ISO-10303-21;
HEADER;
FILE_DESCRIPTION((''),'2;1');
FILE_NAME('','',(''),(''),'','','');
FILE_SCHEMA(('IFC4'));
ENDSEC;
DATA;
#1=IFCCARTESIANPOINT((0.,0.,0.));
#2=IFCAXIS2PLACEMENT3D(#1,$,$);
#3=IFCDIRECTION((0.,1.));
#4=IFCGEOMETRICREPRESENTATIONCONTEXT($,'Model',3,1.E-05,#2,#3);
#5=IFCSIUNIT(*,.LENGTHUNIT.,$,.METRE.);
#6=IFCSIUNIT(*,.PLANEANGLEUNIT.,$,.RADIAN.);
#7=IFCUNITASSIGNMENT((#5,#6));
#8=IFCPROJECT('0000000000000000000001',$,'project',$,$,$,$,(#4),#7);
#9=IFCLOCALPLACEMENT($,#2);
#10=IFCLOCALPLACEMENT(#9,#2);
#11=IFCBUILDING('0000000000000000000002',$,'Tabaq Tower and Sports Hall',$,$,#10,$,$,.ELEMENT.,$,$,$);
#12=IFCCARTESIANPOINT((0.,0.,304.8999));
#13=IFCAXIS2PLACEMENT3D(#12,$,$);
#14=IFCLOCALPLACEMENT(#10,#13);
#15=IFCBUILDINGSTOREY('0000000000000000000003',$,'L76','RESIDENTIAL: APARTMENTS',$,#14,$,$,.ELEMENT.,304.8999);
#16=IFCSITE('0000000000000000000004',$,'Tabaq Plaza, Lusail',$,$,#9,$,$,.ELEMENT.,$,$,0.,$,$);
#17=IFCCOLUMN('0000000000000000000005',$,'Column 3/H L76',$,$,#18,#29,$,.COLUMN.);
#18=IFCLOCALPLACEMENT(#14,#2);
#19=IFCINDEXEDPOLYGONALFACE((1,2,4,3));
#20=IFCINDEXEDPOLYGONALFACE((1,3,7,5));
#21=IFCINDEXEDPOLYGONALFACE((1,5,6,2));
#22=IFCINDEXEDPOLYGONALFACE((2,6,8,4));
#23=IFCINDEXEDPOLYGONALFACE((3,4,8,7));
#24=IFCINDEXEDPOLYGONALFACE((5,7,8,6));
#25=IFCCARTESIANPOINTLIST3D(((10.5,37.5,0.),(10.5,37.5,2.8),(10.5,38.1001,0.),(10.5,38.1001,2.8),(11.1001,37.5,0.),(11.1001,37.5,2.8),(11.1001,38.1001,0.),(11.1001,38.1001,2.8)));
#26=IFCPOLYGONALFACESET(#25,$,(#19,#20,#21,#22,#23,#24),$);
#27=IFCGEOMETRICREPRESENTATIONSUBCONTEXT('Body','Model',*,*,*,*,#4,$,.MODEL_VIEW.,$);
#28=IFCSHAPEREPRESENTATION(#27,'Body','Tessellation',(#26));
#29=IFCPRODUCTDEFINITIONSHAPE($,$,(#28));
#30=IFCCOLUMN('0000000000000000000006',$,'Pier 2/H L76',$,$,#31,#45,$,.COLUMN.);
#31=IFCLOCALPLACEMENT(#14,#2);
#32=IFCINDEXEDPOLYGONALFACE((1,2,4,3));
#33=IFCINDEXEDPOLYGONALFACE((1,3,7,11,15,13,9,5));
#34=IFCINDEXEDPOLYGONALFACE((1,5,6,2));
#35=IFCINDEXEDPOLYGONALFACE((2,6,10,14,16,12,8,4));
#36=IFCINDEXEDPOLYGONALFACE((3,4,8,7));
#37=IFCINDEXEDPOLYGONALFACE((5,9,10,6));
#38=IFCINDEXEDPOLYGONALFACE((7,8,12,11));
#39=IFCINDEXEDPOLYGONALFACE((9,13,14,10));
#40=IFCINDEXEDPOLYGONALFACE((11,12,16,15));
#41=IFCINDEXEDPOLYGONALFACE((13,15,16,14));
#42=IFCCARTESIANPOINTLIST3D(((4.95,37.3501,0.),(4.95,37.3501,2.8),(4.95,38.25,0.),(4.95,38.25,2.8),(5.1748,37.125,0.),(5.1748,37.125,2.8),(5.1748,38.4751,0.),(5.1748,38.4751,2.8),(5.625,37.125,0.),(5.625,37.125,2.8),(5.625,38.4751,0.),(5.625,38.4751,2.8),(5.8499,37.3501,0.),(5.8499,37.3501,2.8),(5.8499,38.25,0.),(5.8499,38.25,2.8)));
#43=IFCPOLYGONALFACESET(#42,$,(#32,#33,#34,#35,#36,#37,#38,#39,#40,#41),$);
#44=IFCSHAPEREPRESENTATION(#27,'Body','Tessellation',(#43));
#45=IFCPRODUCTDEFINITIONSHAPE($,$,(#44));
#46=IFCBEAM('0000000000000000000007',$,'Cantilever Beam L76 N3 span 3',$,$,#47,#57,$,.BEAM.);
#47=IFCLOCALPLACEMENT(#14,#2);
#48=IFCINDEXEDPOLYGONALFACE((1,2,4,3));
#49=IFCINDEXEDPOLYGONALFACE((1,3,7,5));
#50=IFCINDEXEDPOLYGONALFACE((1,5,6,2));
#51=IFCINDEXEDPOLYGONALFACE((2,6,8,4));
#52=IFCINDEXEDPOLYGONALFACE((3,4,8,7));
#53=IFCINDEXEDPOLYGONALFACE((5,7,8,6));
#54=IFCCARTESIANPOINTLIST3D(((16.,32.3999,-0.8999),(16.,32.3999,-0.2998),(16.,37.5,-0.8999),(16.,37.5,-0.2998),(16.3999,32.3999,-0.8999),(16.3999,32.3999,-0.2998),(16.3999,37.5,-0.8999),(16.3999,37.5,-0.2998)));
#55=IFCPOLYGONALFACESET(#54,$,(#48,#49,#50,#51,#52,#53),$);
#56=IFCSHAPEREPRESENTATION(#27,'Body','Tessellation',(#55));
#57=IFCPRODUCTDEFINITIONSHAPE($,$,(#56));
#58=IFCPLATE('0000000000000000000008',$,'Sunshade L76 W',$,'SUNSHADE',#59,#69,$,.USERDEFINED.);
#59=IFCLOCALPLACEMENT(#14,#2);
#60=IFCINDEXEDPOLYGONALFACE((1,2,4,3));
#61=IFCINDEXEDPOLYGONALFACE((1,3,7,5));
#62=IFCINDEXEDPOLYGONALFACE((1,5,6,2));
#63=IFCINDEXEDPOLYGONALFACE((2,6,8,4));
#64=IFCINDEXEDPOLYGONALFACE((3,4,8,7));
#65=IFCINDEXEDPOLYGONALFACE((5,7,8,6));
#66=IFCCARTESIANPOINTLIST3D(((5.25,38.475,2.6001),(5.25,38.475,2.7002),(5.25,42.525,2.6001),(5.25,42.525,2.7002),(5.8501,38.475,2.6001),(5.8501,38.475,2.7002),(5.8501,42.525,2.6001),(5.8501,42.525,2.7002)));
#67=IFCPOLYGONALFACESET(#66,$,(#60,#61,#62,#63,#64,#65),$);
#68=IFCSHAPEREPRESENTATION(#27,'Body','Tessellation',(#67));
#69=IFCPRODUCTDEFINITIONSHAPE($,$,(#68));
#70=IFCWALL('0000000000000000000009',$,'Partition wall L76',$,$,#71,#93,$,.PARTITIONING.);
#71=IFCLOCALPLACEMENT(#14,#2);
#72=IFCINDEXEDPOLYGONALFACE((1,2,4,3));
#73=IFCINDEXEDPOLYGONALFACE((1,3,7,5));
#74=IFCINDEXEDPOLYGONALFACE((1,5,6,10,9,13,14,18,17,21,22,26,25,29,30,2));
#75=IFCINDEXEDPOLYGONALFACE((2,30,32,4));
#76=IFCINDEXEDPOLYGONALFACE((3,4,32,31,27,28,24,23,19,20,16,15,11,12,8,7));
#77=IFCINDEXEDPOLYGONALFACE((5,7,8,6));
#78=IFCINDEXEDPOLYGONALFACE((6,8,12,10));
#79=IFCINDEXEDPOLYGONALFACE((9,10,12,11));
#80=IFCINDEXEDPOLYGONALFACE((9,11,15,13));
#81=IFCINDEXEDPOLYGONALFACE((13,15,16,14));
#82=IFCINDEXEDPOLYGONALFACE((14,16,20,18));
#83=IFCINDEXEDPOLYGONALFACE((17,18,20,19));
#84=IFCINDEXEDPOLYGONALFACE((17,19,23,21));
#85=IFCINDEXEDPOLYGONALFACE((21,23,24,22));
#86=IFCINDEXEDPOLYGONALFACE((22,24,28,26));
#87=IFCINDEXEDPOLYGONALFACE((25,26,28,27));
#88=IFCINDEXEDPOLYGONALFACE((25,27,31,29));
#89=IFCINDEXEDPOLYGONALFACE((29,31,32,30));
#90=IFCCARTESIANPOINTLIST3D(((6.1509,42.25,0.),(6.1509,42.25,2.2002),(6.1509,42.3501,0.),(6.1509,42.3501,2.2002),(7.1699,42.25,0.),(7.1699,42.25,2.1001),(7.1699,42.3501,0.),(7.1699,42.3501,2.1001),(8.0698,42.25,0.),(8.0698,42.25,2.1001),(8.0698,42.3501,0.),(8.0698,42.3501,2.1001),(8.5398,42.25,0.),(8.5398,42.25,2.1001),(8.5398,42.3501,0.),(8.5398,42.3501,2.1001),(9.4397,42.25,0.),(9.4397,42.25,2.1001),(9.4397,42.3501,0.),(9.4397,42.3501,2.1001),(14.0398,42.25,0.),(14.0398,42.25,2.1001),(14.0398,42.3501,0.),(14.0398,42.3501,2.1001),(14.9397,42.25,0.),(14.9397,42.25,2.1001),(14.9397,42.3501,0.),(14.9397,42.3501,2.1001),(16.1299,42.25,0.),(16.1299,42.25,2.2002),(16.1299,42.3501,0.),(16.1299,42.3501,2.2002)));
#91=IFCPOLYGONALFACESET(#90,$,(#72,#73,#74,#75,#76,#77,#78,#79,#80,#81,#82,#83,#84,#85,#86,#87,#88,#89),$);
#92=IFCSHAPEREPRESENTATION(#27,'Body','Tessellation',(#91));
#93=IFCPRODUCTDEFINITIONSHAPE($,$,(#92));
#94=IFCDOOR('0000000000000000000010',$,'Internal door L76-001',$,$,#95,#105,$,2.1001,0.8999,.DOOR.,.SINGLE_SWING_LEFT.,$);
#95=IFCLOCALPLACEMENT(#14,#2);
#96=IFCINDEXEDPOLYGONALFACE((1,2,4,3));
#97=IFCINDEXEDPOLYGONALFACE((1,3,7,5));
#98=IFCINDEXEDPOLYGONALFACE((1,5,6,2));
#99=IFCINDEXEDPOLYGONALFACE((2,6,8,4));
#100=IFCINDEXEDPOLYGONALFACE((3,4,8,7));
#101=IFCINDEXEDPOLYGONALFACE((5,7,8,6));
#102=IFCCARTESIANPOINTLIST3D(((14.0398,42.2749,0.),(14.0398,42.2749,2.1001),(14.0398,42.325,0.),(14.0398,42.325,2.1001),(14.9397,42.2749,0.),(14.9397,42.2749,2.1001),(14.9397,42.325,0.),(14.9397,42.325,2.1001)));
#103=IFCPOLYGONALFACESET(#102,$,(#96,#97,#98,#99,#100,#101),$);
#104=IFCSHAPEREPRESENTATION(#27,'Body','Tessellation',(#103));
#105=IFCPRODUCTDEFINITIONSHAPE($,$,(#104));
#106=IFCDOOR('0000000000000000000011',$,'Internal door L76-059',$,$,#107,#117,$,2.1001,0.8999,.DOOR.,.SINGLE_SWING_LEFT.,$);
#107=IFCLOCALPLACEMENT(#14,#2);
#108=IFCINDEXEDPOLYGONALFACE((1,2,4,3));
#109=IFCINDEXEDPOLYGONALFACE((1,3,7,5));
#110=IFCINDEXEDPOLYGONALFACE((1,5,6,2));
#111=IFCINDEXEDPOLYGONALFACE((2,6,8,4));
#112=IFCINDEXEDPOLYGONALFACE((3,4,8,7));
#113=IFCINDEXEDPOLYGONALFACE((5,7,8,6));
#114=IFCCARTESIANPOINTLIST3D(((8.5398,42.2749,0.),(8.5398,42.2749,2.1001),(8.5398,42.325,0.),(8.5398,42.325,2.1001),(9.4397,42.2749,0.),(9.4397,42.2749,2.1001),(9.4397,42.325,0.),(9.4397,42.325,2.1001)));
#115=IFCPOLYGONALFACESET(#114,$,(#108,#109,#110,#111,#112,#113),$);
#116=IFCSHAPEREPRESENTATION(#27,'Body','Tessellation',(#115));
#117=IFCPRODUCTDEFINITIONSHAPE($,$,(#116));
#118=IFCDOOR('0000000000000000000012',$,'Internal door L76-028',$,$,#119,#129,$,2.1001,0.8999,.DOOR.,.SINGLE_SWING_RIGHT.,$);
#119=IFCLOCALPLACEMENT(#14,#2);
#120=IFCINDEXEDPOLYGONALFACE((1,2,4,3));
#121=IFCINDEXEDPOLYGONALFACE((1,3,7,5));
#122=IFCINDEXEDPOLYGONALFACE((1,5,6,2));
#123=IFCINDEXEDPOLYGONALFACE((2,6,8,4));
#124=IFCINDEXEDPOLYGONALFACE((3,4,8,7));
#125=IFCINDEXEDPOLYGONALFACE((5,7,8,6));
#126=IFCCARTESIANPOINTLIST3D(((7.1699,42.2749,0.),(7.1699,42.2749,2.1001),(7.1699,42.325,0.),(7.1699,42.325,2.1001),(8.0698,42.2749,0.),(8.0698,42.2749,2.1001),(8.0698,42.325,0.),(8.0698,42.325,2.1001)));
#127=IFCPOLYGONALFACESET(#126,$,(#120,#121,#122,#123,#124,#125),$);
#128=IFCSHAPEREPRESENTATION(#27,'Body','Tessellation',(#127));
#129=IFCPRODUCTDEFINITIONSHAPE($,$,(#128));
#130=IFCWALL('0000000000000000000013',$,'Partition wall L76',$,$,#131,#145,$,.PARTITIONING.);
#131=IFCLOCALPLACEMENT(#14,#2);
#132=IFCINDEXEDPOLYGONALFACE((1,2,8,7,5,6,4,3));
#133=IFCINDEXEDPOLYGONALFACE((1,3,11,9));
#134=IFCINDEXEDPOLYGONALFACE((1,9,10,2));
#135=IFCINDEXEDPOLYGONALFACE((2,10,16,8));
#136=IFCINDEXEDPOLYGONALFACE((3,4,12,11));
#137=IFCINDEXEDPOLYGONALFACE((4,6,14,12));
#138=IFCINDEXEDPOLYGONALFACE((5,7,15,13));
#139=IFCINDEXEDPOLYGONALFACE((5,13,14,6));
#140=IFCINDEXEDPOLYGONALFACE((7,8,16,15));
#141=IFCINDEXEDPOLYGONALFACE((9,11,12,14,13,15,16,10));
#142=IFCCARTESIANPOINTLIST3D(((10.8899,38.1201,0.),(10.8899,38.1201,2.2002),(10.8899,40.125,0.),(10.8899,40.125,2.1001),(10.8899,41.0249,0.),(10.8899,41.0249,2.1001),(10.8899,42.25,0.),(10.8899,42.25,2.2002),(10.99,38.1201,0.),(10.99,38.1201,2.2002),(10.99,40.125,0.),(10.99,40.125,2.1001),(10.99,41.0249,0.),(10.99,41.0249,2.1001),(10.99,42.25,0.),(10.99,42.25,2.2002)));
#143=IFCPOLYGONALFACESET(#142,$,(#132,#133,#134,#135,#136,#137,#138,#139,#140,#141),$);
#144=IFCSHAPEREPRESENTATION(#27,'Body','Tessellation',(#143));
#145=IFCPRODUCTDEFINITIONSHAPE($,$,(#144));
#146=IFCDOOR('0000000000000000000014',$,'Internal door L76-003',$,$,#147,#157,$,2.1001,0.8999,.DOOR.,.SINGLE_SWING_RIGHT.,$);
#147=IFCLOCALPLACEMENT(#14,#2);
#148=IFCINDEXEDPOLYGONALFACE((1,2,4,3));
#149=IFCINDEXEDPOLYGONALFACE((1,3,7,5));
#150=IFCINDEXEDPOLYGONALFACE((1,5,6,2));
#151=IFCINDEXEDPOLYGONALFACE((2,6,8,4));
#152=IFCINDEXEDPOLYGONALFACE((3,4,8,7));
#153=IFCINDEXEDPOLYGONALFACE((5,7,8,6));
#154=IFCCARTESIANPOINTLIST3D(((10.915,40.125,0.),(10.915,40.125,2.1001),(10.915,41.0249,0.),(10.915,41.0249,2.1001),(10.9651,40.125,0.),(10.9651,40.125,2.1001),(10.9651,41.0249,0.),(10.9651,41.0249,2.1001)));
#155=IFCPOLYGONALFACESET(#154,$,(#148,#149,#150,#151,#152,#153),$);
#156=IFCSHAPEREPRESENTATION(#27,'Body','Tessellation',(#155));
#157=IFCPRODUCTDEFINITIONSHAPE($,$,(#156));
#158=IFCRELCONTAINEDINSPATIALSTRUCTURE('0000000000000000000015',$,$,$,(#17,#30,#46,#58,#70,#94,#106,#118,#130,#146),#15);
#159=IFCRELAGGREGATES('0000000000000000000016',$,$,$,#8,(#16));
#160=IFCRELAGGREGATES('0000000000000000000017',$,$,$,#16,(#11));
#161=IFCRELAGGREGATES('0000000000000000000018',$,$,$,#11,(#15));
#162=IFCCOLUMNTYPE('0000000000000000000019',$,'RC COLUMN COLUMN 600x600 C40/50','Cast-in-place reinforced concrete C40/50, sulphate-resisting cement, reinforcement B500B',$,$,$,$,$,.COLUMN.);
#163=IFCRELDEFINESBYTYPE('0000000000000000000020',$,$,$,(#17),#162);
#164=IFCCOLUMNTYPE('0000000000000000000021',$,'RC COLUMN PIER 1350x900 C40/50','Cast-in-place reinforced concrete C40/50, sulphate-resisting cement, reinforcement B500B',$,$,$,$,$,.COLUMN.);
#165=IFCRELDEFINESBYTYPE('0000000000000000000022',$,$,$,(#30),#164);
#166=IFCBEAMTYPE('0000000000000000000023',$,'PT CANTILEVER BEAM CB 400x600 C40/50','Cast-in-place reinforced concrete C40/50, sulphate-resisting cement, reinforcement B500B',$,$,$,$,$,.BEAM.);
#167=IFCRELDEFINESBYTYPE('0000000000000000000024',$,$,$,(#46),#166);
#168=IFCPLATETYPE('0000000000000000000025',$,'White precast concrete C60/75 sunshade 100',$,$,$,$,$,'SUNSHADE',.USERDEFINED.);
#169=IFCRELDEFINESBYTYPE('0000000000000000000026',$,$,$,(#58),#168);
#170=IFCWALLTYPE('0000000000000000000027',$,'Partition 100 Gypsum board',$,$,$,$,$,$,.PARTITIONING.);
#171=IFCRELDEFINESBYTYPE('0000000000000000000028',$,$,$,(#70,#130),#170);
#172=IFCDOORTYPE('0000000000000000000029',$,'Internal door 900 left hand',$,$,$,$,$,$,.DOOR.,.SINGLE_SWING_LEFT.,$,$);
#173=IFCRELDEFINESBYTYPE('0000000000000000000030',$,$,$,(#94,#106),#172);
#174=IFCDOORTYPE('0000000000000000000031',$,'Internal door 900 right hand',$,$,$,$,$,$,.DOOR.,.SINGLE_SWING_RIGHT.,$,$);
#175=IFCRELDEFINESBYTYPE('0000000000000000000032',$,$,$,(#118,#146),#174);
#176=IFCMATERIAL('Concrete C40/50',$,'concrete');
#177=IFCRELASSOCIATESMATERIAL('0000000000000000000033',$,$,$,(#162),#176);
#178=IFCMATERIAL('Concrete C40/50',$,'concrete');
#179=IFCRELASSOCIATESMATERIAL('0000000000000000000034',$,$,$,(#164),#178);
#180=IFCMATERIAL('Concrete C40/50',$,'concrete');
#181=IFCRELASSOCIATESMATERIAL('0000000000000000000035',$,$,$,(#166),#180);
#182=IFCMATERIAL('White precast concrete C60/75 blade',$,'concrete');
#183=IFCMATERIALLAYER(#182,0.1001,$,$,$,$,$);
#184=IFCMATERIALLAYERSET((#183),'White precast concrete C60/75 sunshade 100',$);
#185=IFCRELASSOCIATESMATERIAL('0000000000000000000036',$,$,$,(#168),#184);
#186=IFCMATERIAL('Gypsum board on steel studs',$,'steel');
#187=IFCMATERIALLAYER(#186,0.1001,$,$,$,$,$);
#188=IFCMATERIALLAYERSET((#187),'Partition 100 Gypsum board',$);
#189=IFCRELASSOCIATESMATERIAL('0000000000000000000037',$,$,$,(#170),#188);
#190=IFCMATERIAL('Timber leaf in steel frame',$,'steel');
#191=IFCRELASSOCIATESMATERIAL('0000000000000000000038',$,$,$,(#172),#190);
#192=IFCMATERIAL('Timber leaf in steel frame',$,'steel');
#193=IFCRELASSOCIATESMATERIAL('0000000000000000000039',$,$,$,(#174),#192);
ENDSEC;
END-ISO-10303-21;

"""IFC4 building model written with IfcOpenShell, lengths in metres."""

from ifc_helpers import new_model, si_unit, direction, frame, frame_2d, origin, origin_2d, place, context, subcontext, project, spatial, polyline, rectangle, outline, extrude, material, layer, layer_set, material_profile, profile_set, type_object, element, fill, save


model = new_model("IFC4")

# Units and contexts
model_context = context("Model", 3, precision=1e-05, world=origin(), true_north=direction((0.0, 1.0)))
body_context = subcontext(model_context, "Body", "Model", "MODEL_VIEW")
ifc_project = project(units=[si_unit("LENGTHUNIT", "METRE"), si_unit("PLANEANGLEUNIT", "RADIAN")], contexts=[model_context])

# Site, building, storey
site_placement = place(None, origin())
site = spatial("IfcSite", under=ifc_project, at=site_placement, Name="Tabaq Plaza, Lusail", CompositionType="ELEMENT", RefElevation=0.0)
building_placement = place(site_placement, origin())
building = spatial("IfcBuilding", under=site, at=building_placement, Name="Tabaq Tower and Sports Hall", CompositionType="ELEMENT")
storey_placement = place(building_placement, frame((0.0, 0.0, 304.8999)))
storey = spatial("IfcBuildingStorey", under=building, at=storey_placement, Name="L76", Description="RESIDENTIAL: APARTMENTS", CompositionType="ELEMENT", Elevation=304.8999)

# Columns
ifc_material_1 = material(Name="Concrete C40/50", Category="concrete")
ifc_material_profile_1 = material_profile(ifc_material_1, rectangle(XDim=0.6001, YDim=0.6001, at=origin_2d()), Name="COLUMN 600x600")
ifc_profile_set_1 = profile_set([ifc_material_profile_1], Name="Concrete C40/50")
column_type_1 = type_object("IfcColumnType", Name="RC COLUMN COLUMN 600x600 C40/50", Description="Cast-in-place reinforced concrete C40/50, sulphate-resisting cement, reinforcement B500B", PredefinedType="COLUMN", material=ifc_profile_set_1)
column_1_placement = place(storey_placement, frame((10.8, 37.8, 0.0), z_axis=(0.0, 0.0, 1.0), x_axis=(1.0, 0.0, 0.0)))
element("IfcColumn", 1, at=column_1_placement, inside=storey, type_object=column_type_1, Name="Column 3/H L76", PredefinedType="COLUMN", context=body_context, shape_type="SweptSolid", body=[
    extrude(rectangle(XDim=0.6001, YDim=0.6001, at=origin_2d()), origin(), (0.0, 0.0, 1.0), 2.8),
])
ifc_material_2 = material(Name="Concrete C40/50", Category="concrete")
ifc_material_profile_2 = material_profile(ifc_material_2, outline(polyline([(-0.45, -0.45), (0.45, -0.45), (0.675, -0.2251), (0.675, 0.2251), (0.45, 0.45), (-0.45, 0.45), (-0.675, 0.2251), (-0.675, -0.2251), (-0.45, -0.45)])), Name="PIER 1350x900")
ifc_profile_set_2 = profile_set([ifc_material_profile_2], Name="Concrete C40/50")
column_type_2 = type_object("IfcColumnType", Name="RC COLUMN PIER 1350x900 C40/50", Description="Cast-in-place reinforced concrete C40/50, sulphate-resisting cement, reinforcement B500B", PredefinedType="COLUMN", material=ifc_profile_set_2)
column_2_placement = place(storey_placement, frame((5.3999, 37.8, 0.0), z_axis=(0.0, 0.0, 1.0), x_axis=(0.0, 1.0, 0.0)))
element("IfcColumn", 2, at=column_2_placement, inside=storey, type_object=column_type_2, Name="Pier 2/H L76", PredefinedType="COLUMN", context=body_context, shape_type="SweptSolid", body=[
    extrude(outline(polyline([(-0.45, -0.45), (0.45, -0.45), (0.675, -0.2251), (0.675, 0.2251), (0.45, 0.45), (-0.45, 0.45), (-0.675, 0.2251), (-0.675, -0.2251), (-0.45, -0.45)])), origin(), (0.0, 0.0, 1.0), 2.8),
])

# Beam
ifc_material_3 = material(Name="Concrete C40/50", Category="concrete")
ifc_material_profile_3 = material_profile(ifc_material_3, rectangle(XDim=0.3999, YDim=0.6001, at=origin_2d()), Name="CB 400x600")
ifc_profile_set_3 = profile_set([ifc_material_profile_3], Name="Concrete C40/50")
beam_type = type_object("IfcBeamType", Name="PT CANTILEVER BEAM CB 400x600 C40/50", Description="Cast-in-place reinforced concrete C40/50, sulphate-resisting cement, reinforcement B500B", PredefinedType="BEAM", material=ifc_profile_set_3)
beam_placement = place(storey_placement, frame((16.2, 37.5, -0.5999), z_axis=(0.0, -1.0, 0.0), x_axis=(1.0, 0.0, 0.0)))
element("IfcBeam", 3, at=beam_placement, inside=storey, type_object=beam_type, Name="Cantilever Beam L76 N3 span 3", PredefinedType="BEAM", context=body_context, shape_type="SweptSolid", body=[
    extrude(rectangle(XDim=0.3999, YDim=0.6001, at=origin_2d()), origin(), (0.0, 0.0, 1.0), 5.1001),
])

# Plate
ifc_material_4 = material(Name="White precast concrete C60/75 blade", Category="concrete")
ifc_layer_1 = layer(ifc_material_4, 0.1001)
ifc_layer_set_1 = layer_set([ifc_layer_1], Name="White precast concrete C60/75 sunshade 100")
plate_type = type_object("IfcPlateType", Name="White precast concrete C60/75 sunshade 100", ElementType="SUNSHADE", PredefinedType="USERDEFINED", material=ifc_layer_set_1)
plate_placement = place(storey_placement, frame((5.55, 40.5, 2.6001), z_axis=(0.0, 0.0, 1.0), x_axis=(0.0, -1.0, 0.0)))
element("IfcPlate", 4, at=plate_placement, inside=storey, type_object=plate_type, Name="Sunshade L76 W", ObjectType="SUNSHADE", PredefinedType="USERDEFINED", context=body_context, shape_type="SweptSolid", body=[
    extrude(rectangle(XDim=4.05, YDim=0.6001, at=origin_2d()), origin(), (0.0, 0.0, 1.0), 0.1001),
])

# Wall, openings, doors
ifc_material_5 = material(Name="Gypsum board on steel studs", Category="steel")
ifc_layer_2 = layer(ifc_material_5, 0.1001)
ifc_layer_set_2 = layer_set([ifc_layer_2], Name="Partition 100 Gypsum board")
wall_type = type_object("IfcWallType", Name="Partition 100 Gypsum board", PredefinedType="PARTITIONING", material=ifc_layer_set_2)
wall_1_placement = place(storey_placement, frame((6.1509, 42.3, 0.0), z_axis=(0.0, 0.0, 1.0), x_axis=(1.0, 0.0, 0.0)))
wall_1 = element("IfcWall", 5, at=wall_1_placement, inside=storey, type_object=wall_type, Name="Partition wall L76", PredefinedType="PARTITIONING", context=body_context, shape_type="SweptSolid", body=[
    extrude(rectangle(XDim=9.979, YDim=0.1001, at=frame_2d((4.9895, 0.0))), origin(), (0.0, 0.0, 1.0), 2.2002),
])
opening_1_placement = place(wall_1_placement, frame((7.8889, 0.0, 0.0)))
opening_1 = element("IfcOpeningElement", 6, at=opening_1_placement, cuts=wall_1, PredefinedType="OPENING", context=body_context, shape_type="SweptSolid", body=[
    extrude(rectangle(XDim=0.8999, YDim=2.1001, at=frame_2d((0.45, 1.05))), frame((0.0, 0.05, 0.0), z_axis=(0.0, -1.0, 0.0), x_axis=(1.0, 0.0, 0.0)), (0.0, 0.0, 1.0), 0.1001),
])
opening_2_placement = place(wall_1_placement, frame((1.019, 0.0, 0.0)))
opening_2 = element("IfcOpeningElement", 7, at=opening_2_placement, cuts=wall_1, PredefinedType="OPENING", context=body_context, shape_type="SweptSolid", body=[
    extrude(rectangle(XDim=0.8999, YDim=2.1001, at=frame_2d((0.45, 1.05))), frame((0.0, 0.05, 0.0), z_axis=(0.0, -1.0, 0.0), x_axis=(1.0, 0.0, 0.0)), (0.0, 0.0, 1.0), 0.1001),
])
opening_3_placement = place(wall_1_placement, frame((2.3889, 0.0, 0.0)))
opening_3 = element("IfcOpeningElement", 8, at=opening_3_placement, cuts=wall_1, PredefinedType="OPENING", context=body_context, shape_type="SweptSolid", body=[
    extrude(rectangle(XDim=0.8999, YDim=2.1001, at=frame_2d((0.45, 1.05))), frame((0.0, 0.05, 0.0), z_axis=(0.0, -1.0, 0.0), x_axis=(1.0, 0.0, 0.0)), (0.0, 0.0, 1.0), 0.1001),
])
ifc_material_6 = material(Name="Timber leaf in steel frame", Category="steel")
door_type_1 = type_object("IfcDoorType", Name="Internal door 900 left hand", OperationType="SINGLE_SWING_LEFT", PredefinedType="DOOR", material=ifc_material_6)
door_1_placement = place(opening_1_placement, origin())
door_1 = element("IfcDoor", 9, at=door_1_placement, inside=storey, type_object=door_type_1, Name="Internal door L76-001", OperationType="SINGLE_SWING_LEFT", OverallHeight=2.1001, OverallWidth=0.8999, PredefinedType="DOOR", context=body_context, shape_type="SweptSolid", body=[
    extrude(rectangle(XDim=0.8999, YDim=2.1001, at=frame_2d((0.45, 1.05))), frame((0.0, 0.0249, 0.0), z_axis=(0.0, -1.0, 0.0), x_axis=(1.0, 0.0, 0.0)), (0.0, 0.0, 1.0), 0.05),
])
fill(opening_1, door_1)
door_2_placement = place(opening_3_placement, origin())
door_2 = element("IfcDoor", 10, at=door_2_placement, inside=storey, type_object=door_type_1, Name="Internal door L76-059", OperationType="SINGLE_SWING_LEFT", OverallHeight=2.1001, OverallWidth=0.8999, PredefinedType="DOOR", context=body_context, shape_type="SweptSolid", body=[
    extrude(rectangle(XDim=0.8999, YDim=2.1001, at=frame_2d((0.45, 1.05))), frame((0.0, 0.0249, 0.0), z_axis=(0.0, -1.0, 0.0), x_axis=(1.0, 0.0, 0.0)), (0.0, 0.0, 1.0), 0.05),
])
fill(opening_3, door_2)
ifc_material_7 = material(Name="Timber leaf in steel frame", Category="steel")
door_type_2 = type_object("IfcDoorType", Name="Internal door 900 right hand", OperationType="SINGLE_SWING_RIGHT", PredefinedType="DOOR", material=ifc_material_7)
door_3_placement = place(opening_2_placement, origin())
door_3 = element("IfcDoor", 11, at=door_3_placement, inside=storey, type_object=door_type_2, Name="Internal door L76-028", OperationType="SINGLE_SWING_RIGHT", OverallHeight=2.1001, OverallWidth=0.8999, PredefinedType="DOOR", context=body_context, shape_type="SweptSolid", body=[
    extrude(rectangle(XDim=0.8999, YDim=2.1001, at=frame_2d((0.45, 1.05))), frame((0.0, 0.0249, 0.0), z_axis=(0.0, -1.0, 0.0), x_axis=(1.0, 0.0, 0.0)), (0.0, 0.0, 1.0), 0.05),
])
fill(opening_2, door_3)

# Wall, opening, door
wall_2_placement = place(storey_placement, frame((10.9399, 38.1201, 0.0), z_axis=(0.0, 0.0, 1.0), x_axis=(0.0, 1.0, 0.0)))
wall_2 = element("IfcWall", 12, at=wall_2_placement, inside=storey, type_object=wall_type, Name="Partition wall L76", PredefinedType="PARTITIONING", context=body_context, shape_type="SweptSolid", body=[
    extrude(rectangle(XDim=4.1299, YDim=0.1001, at=frame_2d((2.0649, 0.0))), origin(), (0.0, 0.0, 1.0), 2.2002),
])
opening_4_placement = place(wall_2_placement, frame((2.0049, 0.0, 0.0)))
opening_4 = element("IfcOpeningElement", 13, at=opening_4_placement, cuts=wall_2, PredefinedType="OPENING", context=body_context, shape_type="SweptSolid", body=[
    extrude(rectangle(XDim=0.8999, YDim=2.1001, at=frame_2d((0.45, 1.05))), frame((0.0, 0.05, 0.0), z_axis=(0.0, -1.0, 0.0), x_axis=(1.0, 0.0, 0.0)), (0.0, 0.0, 1.0), 0.1001),
])
door_4_placement = place(opening_4_placement, origin())
door_4 = element("IfcDoor", 14, at=door_4_placement, inside=storey, type_object=door_type_2, Name="Internal door L76-003", OperationType="SINGLE_SWING_RIGHT", OverallHeight=2.1001, OverallWidth=0.8999, PredefinedType="DOOR", context=body_context, shape_type="SweptSolid", body=[
    extrude(rectangle(XDim=0.8999, YDim=2.1001, at=frame_2d((0.45, 1.05))), frame((0.0, 0.0249, 0.0), z_axis=(0.0, -1.0, 0.0), x_axis=(1.0, 0.0, 0.0)), (0.0, 0.0, 1.0), 0.05),
])
fill(opening_4, door_4)

save(model, "model.ifc")
